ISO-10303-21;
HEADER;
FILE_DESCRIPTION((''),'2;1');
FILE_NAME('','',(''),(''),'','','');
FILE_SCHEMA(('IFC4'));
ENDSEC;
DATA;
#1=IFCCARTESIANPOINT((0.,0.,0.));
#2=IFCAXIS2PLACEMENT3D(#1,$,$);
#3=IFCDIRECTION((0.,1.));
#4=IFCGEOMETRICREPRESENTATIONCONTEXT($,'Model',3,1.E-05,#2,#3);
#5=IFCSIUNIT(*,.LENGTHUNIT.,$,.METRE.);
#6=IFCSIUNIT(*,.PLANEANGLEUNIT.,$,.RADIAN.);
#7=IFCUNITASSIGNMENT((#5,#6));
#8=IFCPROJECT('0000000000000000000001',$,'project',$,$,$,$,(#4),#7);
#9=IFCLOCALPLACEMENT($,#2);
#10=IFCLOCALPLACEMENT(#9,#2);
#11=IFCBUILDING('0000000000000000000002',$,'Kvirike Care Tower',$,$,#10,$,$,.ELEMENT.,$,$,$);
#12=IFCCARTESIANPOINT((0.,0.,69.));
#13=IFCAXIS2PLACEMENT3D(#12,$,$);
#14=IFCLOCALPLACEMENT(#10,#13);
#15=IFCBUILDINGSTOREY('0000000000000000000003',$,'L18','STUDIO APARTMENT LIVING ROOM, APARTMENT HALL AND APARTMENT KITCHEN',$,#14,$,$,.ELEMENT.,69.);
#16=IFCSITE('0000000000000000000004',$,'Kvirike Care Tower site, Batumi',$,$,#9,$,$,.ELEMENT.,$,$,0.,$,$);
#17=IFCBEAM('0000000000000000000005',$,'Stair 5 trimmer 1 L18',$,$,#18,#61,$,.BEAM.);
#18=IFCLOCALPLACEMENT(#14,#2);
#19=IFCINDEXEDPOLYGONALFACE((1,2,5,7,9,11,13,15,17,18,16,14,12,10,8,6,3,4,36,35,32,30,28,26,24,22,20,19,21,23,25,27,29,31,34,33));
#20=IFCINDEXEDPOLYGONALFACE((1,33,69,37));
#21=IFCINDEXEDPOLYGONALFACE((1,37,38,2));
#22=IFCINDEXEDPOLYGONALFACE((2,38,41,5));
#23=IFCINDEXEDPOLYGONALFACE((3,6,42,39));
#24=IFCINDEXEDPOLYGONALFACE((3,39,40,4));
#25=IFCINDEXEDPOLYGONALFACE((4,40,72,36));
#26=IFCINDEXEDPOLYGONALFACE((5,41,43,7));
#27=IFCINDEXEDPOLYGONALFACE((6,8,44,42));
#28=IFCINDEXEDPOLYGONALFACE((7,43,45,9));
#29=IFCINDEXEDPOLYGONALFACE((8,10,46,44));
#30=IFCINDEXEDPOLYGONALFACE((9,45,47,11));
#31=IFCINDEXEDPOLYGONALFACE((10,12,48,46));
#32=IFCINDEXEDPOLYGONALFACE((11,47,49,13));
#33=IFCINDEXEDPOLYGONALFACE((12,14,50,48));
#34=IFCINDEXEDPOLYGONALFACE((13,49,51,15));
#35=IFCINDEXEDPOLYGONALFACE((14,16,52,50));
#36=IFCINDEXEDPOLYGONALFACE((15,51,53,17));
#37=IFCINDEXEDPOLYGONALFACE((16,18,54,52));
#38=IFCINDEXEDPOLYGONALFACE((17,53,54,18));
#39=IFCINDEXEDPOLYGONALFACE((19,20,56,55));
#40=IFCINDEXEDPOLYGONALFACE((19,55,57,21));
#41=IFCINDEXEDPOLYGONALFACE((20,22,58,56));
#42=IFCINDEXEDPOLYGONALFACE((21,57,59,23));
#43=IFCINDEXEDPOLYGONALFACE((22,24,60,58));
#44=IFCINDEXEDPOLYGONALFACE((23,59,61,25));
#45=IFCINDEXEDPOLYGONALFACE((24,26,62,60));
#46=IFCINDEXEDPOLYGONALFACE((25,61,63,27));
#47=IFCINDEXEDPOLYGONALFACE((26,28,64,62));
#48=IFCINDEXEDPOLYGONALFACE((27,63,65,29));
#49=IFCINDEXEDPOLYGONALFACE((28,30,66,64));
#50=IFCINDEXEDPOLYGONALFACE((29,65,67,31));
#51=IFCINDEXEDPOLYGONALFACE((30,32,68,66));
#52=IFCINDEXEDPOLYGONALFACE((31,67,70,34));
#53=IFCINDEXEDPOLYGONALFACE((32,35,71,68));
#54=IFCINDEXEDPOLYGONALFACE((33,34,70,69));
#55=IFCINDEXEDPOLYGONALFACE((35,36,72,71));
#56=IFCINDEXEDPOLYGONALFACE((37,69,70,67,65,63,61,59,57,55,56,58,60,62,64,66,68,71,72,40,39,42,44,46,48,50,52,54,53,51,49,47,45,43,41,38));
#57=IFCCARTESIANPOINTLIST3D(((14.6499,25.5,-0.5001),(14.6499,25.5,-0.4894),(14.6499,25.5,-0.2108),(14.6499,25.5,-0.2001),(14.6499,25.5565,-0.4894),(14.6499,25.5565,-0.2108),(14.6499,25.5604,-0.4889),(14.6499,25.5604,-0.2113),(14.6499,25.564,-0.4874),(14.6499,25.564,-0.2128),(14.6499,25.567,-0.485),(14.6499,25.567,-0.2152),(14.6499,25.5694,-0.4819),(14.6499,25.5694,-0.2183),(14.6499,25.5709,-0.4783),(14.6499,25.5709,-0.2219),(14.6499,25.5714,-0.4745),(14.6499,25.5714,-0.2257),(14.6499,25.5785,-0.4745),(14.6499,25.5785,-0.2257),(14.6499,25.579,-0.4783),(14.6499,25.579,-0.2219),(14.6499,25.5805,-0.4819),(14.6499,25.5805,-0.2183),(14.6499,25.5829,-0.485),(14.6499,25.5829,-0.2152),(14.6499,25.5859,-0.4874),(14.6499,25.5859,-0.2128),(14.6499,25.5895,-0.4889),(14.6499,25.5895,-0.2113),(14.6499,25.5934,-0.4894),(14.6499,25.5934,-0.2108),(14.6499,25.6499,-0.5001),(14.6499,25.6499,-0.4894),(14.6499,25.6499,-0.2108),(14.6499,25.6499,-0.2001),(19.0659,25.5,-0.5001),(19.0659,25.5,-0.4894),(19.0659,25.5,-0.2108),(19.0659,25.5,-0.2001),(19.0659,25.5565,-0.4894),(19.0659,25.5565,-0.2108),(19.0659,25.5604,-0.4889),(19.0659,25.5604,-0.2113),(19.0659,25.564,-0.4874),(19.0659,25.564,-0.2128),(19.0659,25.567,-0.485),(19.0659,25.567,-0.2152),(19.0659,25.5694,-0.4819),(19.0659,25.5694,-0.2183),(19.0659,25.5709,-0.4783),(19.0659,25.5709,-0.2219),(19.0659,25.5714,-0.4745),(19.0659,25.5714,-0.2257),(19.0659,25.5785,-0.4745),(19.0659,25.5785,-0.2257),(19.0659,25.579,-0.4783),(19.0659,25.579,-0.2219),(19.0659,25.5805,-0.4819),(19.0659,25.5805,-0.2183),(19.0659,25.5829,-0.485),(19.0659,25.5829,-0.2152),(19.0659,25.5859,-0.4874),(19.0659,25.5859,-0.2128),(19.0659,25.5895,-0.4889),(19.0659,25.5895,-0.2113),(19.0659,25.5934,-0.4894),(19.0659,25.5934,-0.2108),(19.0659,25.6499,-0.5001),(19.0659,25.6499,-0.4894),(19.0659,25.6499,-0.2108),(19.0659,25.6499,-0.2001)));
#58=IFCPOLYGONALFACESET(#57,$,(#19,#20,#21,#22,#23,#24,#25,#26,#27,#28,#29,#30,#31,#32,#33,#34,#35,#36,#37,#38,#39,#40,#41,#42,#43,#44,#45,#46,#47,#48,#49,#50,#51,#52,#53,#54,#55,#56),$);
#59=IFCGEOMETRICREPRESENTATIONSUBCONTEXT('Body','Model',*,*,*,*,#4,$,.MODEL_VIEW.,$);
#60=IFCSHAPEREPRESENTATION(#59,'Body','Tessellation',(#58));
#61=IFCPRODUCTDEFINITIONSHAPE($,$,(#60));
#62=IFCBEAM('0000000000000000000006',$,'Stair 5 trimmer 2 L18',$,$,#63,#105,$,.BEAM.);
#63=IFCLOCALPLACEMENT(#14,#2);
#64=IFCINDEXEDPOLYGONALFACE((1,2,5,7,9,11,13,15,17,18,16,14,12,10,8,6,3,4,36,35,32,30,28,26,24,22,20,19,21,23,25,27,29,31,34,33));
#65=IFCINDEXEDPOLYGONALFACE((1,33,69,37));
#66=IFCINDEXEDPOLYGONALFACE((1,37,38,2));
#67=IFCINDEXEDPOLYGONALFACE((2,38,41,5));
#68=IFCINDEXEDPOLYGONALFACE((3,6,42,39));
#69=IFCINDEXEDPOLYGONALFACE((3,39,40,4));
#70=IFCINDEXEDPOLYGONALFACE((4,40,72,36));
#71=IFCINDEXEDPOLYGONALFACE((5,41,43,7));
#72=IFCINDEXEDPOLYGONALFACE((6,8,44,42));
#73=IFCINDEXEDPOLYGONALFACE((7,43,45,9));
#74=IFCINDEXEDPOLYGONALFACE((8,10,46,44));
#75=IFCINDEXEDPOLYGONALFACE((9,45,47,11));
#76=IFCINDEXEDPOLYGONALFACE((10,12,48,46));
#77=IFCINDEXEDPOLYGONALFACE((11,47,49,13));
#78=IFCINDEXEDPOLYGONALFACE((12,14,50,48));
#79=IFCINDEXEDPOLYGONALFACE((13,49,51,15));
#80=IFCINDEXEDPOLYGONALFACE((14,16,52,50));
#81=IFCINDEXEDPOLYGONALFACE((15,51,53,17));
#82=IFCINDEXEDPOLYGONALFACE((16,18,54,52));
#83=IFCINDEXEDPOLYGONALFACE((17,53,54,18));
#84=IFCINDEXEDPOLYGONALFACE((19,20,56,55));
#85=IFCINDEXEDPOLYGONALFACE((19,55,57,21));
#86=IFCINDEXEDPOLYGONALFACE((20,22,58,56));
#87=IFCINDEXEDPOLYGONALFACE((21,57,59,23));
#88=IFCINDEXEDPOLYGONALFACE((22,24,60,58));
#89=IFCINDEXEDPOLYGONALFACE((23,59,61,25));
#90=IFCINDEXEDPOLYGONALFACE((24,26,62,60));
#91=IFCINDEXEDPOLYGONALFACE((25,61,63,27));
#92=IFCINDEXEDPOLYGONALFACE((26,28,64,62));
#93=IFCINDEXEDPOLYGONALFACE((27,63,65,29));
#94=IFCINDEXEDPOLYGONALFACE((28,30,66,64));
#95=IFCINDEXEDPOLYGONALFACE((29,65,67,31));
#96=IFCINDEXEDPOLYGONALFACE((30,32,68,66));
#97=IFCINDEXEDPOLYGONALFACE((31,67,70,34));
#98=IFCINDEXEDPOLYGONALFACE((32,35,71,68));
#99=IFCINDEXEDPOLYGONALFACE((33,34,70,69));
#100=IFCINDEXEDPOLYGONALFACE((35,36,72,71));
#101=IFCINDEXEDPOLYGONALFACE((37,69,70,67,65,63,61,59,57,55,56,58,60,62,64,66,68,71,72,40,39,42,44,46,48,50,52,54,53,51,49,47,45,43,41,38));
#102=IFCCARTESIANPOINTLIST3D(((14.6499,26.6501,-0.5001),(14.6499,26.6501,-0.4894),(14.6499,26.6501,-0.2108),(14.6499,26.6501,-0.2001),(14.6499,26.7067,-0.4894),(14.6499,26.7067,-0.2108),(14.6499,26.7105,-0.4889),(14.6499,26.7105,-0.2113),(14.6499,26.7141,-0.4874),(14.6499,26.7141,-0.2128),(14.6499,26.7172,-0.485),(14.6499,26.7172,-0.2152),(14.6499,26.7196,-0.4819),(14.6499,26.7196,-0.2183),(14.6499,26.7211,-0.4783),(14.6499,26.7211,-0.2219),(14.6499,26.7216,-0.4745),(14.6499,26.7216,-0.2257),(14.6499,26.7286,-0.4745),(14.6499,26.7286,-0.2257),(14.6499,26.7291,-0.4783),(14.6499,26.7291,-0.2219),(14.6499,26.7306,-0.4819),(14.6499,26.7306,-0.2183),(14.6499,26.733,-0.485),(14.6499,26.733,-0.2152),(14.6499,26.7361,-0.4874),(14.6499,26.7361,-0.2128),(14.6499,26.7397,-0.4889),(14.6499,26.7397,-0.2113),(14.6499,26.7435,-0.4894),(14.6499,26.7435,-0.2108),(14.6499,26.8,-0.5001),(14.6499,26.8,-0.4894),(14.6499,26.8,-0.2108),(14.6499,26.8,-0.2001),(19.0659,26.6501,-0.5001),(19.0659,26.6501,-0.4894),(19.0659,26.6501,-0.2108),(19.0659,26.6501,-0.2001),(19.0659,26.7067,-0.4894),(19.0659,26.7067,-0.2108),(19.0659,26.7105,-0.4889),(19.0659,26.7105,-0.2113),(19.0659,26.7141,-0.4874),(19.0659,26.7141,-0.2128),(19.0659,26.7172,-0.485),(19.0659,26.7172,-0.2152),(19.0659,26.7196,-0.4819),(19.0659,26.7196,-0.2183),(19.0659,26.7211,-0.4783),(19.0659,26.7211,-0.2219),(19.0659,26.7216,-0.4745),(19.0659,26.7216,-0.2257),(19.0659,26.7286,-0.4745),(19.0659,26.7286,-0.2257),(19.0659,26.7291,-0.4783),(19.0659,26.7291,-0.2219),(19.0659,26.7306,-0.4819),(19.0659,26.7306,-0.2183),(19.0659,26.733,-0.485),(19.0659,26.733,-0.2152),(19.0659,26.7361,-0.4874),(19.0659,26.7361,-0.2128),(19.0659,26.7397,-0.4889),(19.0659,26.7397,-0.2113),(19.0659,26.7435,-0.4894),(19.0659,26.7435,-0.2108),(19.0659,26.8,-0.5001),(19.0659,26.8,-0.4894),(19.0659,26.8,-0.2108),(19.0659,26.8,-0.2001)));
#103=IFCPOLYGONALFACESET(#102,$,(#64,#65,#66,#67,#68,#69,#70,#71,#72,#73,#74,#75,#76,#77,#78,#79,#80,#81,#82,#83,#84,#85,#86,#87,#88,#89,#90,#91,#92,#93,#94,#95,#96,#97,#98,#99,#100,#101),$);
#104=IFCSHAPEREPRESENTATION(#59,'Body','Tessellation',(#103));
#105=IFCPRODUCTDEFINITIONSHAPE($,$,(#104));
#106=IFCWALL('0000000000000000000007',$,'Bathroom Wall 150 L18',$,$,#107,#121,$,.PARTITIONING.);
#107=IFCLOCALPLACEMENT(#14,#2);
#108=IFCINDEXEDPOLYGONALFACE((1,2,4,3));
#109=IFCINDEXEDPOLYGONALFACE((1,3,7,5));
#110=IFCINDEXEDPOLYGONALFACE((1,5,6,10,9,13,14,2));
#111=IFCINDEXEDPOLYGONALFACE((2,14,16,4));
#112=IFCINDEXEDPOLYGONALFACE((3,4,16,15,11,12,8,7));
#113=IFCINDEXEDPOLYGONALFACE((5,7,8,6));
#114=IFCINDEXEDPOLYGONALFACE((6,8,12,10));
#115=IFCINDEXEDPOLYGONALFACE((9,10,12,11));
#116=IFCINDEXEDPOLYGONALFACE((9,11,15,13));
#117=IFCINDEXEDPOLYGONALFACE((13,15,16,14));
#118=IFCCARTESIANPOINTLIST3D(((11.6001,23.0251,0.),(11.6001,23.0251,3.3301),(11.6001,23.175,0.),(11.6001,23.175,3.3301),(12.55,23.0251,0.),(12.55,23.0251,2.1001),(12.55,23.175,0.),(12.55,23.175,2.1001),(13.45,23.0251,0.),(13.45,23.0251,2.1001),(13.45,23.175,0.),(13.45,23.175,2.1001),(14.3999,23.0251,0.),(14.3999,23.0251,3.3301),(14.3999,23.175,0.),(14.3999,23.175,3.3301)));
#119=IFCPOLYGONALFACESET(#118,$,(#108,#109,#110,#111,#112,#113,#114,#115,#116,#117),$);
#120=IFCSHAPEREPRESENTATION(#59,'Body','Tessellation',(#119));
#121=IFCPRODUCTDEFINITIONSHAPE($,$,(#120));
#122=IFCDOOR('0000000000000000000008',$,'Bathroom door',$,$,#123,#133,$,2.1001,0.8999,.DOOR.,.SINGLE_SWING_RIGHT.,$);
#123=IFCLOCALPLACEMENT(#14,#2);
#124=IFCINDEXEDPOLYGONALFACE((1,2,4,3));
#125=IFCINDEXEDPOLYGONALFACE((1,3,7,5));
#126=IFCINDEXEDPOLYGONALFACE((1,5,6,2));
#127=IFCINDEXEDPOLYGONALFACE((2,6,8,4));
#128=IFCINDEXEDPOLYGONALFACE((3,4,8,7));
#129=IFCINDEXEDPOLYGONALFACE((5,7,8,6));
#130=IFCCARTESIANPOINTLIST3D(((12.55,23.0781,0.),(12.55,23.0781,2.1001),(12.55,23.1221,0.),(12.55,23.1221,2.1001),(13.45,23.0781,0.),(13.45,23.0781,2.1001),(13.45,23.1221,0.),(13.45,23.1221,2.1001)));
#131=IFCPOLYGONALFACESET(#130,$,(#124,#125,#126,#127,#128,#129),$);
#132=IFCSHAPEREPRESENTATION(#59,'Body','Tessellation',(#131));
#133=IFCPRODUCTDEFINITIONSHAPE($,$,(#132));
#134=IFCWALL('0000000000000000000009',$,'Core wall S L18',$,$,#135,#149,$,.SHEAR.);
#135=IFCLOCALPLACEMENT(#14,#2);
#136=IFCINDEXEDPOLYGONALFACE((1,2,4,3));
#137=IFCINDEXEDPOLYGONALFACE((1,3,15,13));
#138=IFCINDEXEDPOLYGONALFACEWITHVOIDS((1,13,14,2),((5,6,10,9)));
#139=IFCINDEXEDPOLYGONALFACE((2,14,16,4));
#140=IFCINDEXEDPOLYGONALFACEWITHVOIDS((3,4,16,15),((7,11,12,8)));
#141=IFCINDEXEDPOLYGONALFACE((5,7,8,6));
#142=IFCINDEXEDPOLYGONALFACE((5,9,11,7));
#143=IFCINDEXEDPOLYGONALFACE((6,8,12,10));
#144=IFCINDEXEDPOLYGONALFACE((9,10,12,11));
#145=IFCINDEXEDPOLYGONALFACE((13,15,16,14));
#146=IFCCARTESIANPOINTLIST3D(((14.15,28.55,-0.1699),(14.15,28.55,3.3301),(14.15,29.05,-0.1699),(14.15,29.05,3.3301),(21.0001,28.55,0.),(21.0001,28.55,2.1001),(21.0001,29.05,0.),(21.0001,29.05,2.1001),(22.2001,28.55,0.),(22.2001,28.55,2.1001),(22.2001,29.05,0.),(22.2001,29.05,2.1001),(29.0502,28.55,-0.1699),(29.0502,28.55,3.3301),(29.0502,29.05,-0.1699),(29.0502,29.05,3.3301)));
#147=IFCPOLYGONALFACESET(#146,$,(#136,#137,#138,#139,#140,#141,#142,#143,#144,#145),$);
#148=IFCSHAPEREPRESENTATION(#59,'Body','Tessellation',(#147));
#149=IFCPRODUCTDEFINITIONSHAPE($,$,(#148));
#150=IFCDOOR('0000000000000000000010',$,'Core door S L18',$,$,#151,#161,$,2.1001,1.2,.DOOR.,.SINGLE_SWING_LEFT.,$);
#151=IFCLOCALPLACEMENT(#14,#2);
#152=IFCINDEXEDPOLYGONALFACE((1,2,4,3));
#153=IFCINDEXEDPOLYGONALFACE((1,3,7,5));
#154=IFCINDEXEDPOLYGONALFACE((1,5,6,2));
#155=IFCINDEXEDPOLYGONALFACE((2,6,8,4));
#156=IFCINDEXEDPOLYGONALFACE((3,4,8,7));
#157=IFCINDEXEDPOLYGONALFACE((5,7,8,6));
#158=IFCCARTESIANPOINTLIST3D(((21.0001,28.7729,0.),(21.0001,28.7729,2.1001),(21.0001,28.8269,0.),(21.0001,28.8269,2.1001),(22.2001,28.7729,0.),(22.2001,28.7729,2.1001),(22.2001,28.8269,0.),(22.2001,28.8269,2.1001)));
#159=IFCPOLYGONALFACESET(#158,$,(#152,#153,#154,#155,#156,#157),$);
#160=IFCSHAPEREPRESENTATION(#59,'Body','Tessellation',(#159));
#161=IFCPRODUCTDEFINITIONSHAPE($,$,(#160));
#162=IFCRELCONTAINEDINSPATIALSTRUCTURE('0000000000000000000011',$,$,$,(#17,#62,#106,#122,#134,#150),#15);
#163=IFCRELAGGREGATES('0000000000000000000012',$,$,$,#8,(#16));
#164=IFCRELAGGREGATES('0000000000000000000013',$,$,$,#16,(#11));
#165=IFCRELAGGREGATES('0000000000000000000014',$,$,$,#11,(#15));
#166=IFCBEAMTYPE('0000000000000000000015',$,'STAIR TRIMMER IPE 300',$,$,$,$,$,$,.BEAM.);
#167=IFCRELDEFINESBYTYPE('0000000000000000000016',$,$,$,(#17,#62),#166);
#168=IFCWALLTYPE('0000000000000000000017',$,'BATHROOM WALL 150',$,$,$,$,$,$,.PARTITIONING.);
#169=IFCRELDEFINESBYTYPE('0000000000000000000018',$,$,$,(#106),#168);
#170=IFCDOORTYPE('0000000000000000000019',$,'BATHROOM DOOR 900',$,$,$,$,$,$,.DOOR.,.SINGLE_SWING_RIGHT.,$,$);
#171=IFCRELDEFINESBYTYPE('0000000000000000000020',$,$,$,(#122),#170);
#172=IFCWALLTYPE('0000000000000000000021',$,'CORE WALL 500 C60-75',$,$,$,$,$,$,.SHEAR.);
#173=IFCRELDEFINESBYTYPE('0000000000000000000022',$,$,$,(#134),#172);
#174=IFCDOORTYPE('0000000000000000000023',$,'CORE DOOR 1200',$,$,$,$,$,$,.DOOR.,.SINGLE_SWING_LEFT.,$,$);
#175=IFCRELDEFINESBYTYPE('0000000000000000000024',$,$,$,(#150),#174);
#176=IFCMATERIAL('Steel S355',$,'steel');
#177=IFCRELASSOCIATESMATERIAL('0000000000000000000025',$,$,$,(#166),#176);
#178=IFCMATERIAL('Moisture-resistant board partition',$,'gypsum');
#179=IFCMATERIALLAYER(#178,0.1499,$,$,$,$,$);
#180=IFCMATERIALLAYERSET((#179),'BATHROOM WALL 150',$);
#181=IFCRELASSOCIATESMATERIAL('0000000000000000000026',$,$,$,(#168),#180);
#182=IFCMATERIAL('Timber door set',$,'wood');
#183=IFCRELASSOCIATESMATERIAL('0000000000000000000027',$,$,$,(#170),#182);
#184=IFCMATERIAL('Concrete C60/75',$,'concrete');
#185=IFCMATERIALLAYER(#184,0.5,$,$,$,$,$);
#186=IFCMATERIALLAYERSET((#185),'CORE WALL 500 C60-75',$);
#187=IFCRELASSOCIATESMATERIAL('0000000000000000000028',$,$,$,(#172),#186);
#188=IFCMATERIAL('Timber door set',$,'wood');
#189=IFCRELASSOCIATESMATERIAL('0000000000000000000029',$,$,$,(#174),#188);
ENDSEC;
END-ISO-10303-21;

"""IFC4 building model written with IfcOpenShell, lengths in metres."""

from ifc_helpers import new_model, si_unit, direction, frame, frame_2d, origin, origin_2d, place, context, subcontext, project, spatial, rectangle, i_section, extrude, material, layer, layer_set, material_profile, profile_set, type_object, element, fill, save


model = new_model("IFC4")

# Units and contexts
model_context = context("Model", 3, precision=1e-05, world=origin(), true_north=direction((0.0, 1.0)))
body_context = subcontext(model_context, "Body", "Model", "MODEL_VIEW")
ifc_project = project(units=[si_unit("LENGTHUNIT", "METRE"), si_unit("PLANEANGLEUNIT", "RADIAN")], contexts=[model_context])

# Site, building, storey
site_placement = place(None, origin())
site = spatial("IfcSite", under=ifc_project, at=site_placement, Name="Kvirike Care Tower site, Batumi", CompositionType="ELEMENT", RefElevation=0.0)
building_placement = place(site_placement, origin())
building = spatial("IfcBuilding", under=site, at=building_placement, Name="Kvirike Care Tower", CompositionType="ELEMENT")
storey_placement = place(building_placement, frame((0.0, 0.0, 69.0)))
storey = spatial("IfcBuildingStorey", under=building, at=storey_placement, Name="L18", Description="STUDIO APARTMENT LIVING ROOM, APARTMENT HALL AND APARTMENT KITCHEN", CompositionType="ELEMENT", Elevation=69.0)

# Beams
ifc_material_1 = material(Name="Steel S355", Category="steel")
ifc_material_profile_1 = material_profile(ifc_material_1, i_section(OverallWidth=0.1499, OverallDepth=0.3, WebThickness=0.0071, FlangeThickness=0.0107, FilletRadius=0.0149, at=origin_2d()), Name="IPE 300")
ifc_profile_set_1 = profile_set([ifc_material_profile_1], Name="Steel S355")
beam_type_1 = type_object("IfcBeamType", Name="STAIR TRIMMER IPE 300", PredefinedType="BEAM", material=ifc_profile_set_1)
for number, where, z_axis, x_axis, name in (
    (1, (14.6499, 25.575, -0.3501), (1.0, 0.0, 0.0), (0.0, 1.0, 0.0), "Stair 5 trimmer 1 L18"),
    (2, (14.6499, 26.7251, -0.3501), (1.0, 0.0, 0.0), (0.0, 1.0, 0.0), "Stair 5 trimmer 2 L18"),
):
    element("IfcBeam", number, at=place(storey_placement, frame(where, z_axis=z_axis, x_axis=x_axis)), inside=storey, type_object=beam_type_1, Name=name, PredefinedType="BEAM", context=body_context, shape_type="SweptSolid", body=[
        extrude(i_section(OverallWidth=0.1499, OverallDepth=0.3, WebThickness=0.0071, FlangeThickness=0.0107, FilletRadius=0.0149, at=origin_2d()), origin(), (0.0, 0.0, 1.0), 4.416),
    ])

# Walls, openings, doors
ifc_material_2 = material(Name="Moisture-resistant board partition", Category="gypsum")
ifc_layer_1 = layer(ifc_material_2, 0.1499)
ifc_layer_set_1 = layer_set([ifc_layer_1], Name="BATHROOM WALL 150")
wall_type_1 = type_object("IfcWallType", Name="BATHROOM WALL 150", PredefinedType="PARTITIONING", material=ifc_layer_set_1)
wall_1_placement = place(storey_placement, frame((11.6001, 23.1001, 0.0), z_axis=(0.0, 0.0, 1.0), x_axis=(1.0, 0.0, 0.0)))
wall_1 = element("IfcWall", 3, at=wall_1_placement, inside=storey, type_object=wall_type_1, Name="Bathroom Wall 150 L18", PredefinedType="PARTITIONING", context=body_context, shape_type="SweptSolid", body=[
    extrude(rectangle(XDim=2.7998, YDim=0.1499, at=frame_2d((1.3999, 0.0))), origin(), (0.0, 0.0, 1.0), 3.3301),
])
opening_1_placement = place(wall_1_placement, frame((0.95, 0.0, 0.0)))
opening_1 = element("IfcOpeningElement", 4, at=opening_1_placement, cuts=wall_1, PredefinedType="OPENING", context=body_context, shape_type="SweptSolid", body=[
    extrude(rectangle(XDim=0.8999, YDim=2.1001, at=frame_2d((0.45, 1.05))), frame((0.0, 0.0854, 0.0), z_axis=(0.0, -1.0, 0.0), x_axis=(1.0, 0.0, 0.0)), (0.0, 0.0, 1.0), 0.1709),
])
ifc_material_3 = material(Name="Timber door set", Category="wood")
door_type_1 = type_object("IfcDoorType", Name="BATHROOM DOOR 900", OperationType="SINGLE_SWING_RIGHT", PredefinedType="DOOR", material=ifc_material_3)
door_1_placement = place(opening_1_placement, frame((0.8999, 0.0, 0.0), z_axis=(0.0, 0.0, 1.0), x_axis=(-1.0, 0.0, 0.0)))
door_1 = element("IfcDoor", 5, at=door_1_placement, inside=storey, type_object=door_type_1, Name="Bathroom door", OperationType="SINGLE_SWING_RIGHT", OverallHeight=2.1001, OverallWidth=0.8999, PredefinedType="DOOR", context=body_context, shape_type="SweptSolid", body=[
    extrude(rectangle(XDim=0.8999, YDim=2.1001, at=frame_2d((0.45, 1.05))), frame((0.0, 0.022, 0.0), z_axis=(0.0, -1.0, 0.0), x_axis=(1.0, 0.0, 0.0)), (0.0, 0.0, 1.0), 0.0439),
])
fill(opening_1, door_1)
ifc_material_4 = material(Name="Concrete C60/75", Category="concrete")
ifc_layer_2 = layer(ifc_material_4, 0.5)
ifc_layer_set_2 = layer_set([ifc_layer_2], Name="CORE WALL 500 C60-75")
wall_type_2 = type_object("IfcWallType", Name="CORE WALL 500 C60-75", PredefinedType="SHEAR", material=ifc_layer_set_2)
wall_2_placement = place(storey_placement, frame((14.1499, 28.8, -0.1699), z_axis=(0.0, 0.0, 1.0), x_axis=(1.0, 0.0, 0.0)))
wall_2 = element("IfcWall", 6, at=wall_2_placement, inside=storey, type_object=wall_type_2, Name="Core wall S L18", PredefinedType="SHEAR", context=body_context, shape_type="SweptSolid", body=[
    extrude(rectangle(XDim=14.9001, YDim=0.5, at=frame_2d((7.4502, 0.0))), origin(), (0.0, 0.0, 1.0), 3.5),
])
opening_2_placement = place(wall_2_placement, frame((6.8501, 0.0, 0.1699)))
opening_2 = element("IfcOpeningElement", 7, at=opening_2_placement, cuts=wall_2, PredefinedType="OPENING", context=body_context, shape_type="SweptSolid", body=[
    extrude(rectangle(XDim=1.2, YDim=2.1001, at=frame_2d((0.6001, 1.05))), frame((0.0, 0.2605, 0.0), z_axis=(0.0, -1.0, 0.0), x_axis=(1.0, 0.0, 0.0)), (0.0, 0.0, 1.0), 0.521),
])
ifc_material_5 = material(Name="Timber door set", Category="wood")
door_type_2 = type_object("IfcDoorType", Name="CORE DOOR 1200", OperationType="SINGLE_SWING_LEFT", PredefinedType="DOOR", material=ifc_material_5)
door_2_placement = place(opening_2_placement, origin())
door_2 = element("IfcDoor", 8, at=door_2_placement, inside=storey, type_object=door_type_2, Name="Core door S L18", OperationType="SINGLE_SWING_LEFT", OverallHeight=2.1001, OverallWidth=1.2, PredefinedType="DOOR", context=body_context, shape_type="SweptSolid", body=[
    extrude(rectangle(XDim=1.2, YDim=2.1001, at=frame_2d((0.6001, 1.05))), frame((0.0, 0.0269, 0.0), z_axis=(0.0, -1.0, 0.0), x_axis=(1.0, 0.0, 0.0)), (0.0, 0.0, 1.0), 0.054),
])
fill(opening_2, door_2)

save(model, "model.ifc")
